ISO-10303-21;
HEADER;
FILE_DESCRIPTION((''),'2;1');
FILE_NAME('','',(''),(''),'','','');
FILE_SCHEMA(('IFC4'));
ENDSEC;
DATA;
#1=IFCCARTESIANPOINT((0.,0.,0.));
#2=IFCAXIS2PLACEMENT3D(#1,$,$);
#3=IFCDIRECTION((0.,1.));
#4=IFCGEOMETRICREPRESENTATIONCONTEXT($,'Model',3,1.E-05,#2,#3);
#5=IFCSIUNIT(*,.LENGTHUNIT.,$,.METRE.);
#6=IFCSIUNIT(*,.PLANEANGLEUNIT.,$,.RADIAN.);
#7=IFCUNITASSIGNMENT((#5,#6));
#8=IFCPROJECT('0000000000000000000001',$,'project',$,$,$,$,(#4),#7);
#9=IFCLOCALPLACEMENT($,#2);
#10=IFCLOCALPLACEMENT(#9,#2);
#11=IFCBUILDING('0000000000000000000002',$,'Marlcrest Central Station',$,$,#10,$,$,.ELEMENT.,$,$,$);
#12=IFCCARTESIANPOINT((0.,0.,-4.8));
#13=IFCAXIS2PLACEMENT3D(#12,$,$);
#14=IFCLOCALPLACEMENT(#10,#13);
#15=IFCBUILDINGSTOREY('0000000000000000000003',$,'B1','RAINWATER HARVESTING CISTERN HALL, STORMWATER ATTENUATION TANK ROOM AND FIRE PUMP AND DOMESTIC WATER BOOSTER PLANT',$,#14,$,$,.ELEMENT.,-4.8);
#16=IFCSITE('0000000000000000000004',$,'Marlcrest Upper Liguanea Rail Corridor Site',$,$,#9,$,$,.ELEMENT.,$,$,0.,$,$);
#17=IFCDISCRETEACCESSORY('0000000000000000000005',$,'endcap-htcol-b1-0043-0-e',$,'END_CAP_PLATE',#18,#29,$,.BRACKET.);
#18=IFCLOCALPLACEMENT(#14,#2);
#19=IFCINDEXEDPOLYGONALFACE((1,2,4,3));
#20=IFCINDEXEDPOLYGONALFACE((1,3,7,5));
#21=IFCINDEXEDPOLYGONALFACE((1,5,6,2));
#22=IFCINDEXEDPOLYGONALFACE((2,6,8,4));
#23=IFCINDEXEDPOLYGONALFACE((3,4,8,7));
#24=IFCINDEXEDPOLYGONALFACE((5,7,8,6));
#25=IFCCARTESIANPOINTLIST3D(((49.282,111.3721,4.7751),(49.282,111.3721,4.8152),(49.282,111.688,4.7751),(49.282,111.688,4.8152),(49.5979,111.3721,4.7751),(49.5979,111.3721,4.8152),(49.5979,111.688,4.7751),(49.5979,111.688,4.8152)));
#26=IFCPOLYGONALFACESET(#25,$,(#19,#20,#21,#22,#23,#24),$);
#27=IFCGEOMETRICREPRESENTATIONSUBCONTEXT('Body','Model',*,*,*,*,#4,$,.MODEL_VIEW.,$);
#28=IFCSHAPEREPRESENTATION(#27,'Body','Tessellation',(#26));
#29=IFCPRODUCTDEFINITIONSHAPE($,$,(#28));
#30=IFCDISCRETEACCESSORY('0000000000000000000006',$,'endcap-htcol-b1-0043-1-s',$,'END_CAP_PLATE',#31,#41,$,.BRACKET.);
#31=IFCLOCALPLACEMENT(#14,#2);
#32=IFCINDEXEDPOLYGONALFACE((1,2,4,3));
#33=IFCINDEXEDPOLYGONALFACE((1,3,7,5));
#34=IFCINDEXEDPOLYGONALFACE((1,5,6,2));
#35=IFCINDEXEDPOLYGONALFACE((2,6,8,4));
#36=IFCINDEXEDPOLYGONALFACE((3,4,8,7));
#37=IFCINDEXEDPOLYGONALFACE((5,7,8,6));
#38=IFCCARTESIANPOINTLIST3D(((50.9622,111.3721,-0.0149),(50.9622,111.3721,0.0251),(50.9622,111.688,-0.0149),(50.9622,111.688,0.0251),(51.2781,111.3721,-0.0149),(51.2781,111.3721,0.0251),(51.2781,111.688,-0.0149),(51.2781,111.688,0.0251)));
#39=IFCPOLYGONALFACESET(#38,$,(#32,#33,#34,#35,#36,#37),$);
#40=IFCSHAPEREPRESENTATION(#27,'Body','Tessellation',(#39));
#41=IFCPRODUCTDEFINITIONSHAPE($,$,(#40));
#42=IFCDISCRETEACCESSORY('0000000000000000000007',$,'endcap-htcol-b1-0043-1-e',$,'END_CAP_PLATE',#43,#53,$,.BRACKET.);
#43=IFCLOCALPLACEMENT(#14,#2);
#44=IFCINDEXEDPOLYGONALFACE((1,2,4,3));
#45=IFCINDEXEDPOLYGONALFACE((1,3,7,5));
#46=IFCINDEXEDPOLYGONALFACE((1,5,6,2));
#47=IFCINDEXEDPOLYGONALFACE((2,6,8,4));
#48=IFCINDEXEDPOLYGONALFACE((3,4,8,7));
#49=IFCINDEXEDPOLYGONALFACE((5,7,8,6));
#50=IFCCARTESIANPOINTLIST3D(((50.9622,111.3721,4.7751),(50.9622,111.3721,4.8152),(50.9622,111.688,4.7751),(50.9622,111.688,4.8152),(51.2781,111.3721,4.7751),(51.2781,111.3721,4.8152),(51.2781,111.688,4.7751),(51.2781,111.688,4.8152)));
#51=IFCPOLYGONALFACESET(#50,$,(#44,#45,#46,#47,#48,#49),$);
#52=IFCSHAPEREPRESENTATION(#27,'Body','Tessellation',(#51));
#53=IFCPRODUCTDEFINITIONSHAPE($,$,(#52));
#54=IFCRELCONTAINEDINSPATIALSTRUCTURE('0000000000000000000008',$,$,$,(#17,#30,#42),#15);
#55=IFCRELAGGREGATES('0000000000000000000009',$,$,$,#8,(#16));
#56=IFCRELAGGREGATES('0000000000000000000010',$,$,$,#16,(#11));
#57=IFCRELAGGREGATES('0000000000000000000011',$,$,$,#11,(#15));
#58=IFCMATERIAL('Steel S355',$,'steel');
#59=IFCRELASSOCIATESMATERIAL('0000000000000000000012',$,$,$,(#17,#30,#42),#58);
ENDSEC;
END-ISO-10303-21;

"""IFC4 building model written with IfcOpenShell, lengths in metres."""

from ifc_helpers import new_model, si_unit, direction, frame, origin, origin_2d, place, context, subcontext, project, spatial, rectangle, extrude, material, element, save


model = new_model("IFC4")

# Units and contexts
model_context = context("Model", 3, precision=1e-05, world=origin(), true_north=direction((0.0, 1.0)))
body_context = subcontext(model_context, "Body", "Model", "MODEL_VIEW")
ifc_project = project(units=[si_unit("LENGTHUNIT", "METRE"), si_unit("PLANEANGLEUNIT", "RADIAN")], contexts=[model_context])

# Site, building, storey
site_placement = place(None, origin())
site = spatial("IfcSite", under=ifc_project, at=site_placement, Name="Marlcrest Upper Liguanea Rail Corridor Site", CompositionType="ELEMENT", RefElevation=0.0)
building_placement = place(site_placement, origin())
building = spatial("IfcBuilding", under=site, at=building_placement, Name="Marlcrest Central Station", CompositionType="ELEMENT")
storey_placement = place(building_placement, frame((0.0, 0.0, -4.8)))
storey = spatial("IfcBuildingStorey", under=building, at=storey_placement, Name="B1", Description="RAINWATER HARVESTING CISTERN HALL, STORMWATER ATTENUATION TANK ROOM AND FIRE PUMP AND DOMESTIC WATER BOOSTER PLANT", CompositionType="ELEMENT", Elevation=-4.8)

# Shared definitions
ifc_material_1 = material(Name="Steel S355", Category="steel")

# Discrete accessories
for number, where, z_axis, x_axis, name in (
    (1, (49.4399, 111.53, 4.7751), (0.0, 0.0, 1.0), (1.0, 0.0, 0.0), "endcap-htcol-b1-0043-0-e"),
    (2, (51.1201, 111.53, -0.0149), (0.0, 0.0, 1.0), (1.0, 0.0, 0.0), "endcap-htcol-b1-0043-1-s"),
    (3, (51.1201, 111.53, 4.7751), (0.0, 0.0, 1.0), (1.0, 0.0, 0.0), "endcap-htcol-b1-0043-1-e"),
):
    element("IfcDiscreteAccessory", number, at=place(storey_placement, frame(where, z_axis=z_axis, x_axis=x_axis)), inside=storey, material=ifc_material_1, Name=name, ObjectType="END_CAP_PLATE", PredefinedType="BRACKET", context=body_context, shape_type="SweptSolid", body=[
        extrude(rectangle(XDim=0.3159, YDim=0.3159, at=origin_2d()), origin(), (0.0, 0.0, 1.0), 0.04),
    ])

save(model, "model.ifc")
